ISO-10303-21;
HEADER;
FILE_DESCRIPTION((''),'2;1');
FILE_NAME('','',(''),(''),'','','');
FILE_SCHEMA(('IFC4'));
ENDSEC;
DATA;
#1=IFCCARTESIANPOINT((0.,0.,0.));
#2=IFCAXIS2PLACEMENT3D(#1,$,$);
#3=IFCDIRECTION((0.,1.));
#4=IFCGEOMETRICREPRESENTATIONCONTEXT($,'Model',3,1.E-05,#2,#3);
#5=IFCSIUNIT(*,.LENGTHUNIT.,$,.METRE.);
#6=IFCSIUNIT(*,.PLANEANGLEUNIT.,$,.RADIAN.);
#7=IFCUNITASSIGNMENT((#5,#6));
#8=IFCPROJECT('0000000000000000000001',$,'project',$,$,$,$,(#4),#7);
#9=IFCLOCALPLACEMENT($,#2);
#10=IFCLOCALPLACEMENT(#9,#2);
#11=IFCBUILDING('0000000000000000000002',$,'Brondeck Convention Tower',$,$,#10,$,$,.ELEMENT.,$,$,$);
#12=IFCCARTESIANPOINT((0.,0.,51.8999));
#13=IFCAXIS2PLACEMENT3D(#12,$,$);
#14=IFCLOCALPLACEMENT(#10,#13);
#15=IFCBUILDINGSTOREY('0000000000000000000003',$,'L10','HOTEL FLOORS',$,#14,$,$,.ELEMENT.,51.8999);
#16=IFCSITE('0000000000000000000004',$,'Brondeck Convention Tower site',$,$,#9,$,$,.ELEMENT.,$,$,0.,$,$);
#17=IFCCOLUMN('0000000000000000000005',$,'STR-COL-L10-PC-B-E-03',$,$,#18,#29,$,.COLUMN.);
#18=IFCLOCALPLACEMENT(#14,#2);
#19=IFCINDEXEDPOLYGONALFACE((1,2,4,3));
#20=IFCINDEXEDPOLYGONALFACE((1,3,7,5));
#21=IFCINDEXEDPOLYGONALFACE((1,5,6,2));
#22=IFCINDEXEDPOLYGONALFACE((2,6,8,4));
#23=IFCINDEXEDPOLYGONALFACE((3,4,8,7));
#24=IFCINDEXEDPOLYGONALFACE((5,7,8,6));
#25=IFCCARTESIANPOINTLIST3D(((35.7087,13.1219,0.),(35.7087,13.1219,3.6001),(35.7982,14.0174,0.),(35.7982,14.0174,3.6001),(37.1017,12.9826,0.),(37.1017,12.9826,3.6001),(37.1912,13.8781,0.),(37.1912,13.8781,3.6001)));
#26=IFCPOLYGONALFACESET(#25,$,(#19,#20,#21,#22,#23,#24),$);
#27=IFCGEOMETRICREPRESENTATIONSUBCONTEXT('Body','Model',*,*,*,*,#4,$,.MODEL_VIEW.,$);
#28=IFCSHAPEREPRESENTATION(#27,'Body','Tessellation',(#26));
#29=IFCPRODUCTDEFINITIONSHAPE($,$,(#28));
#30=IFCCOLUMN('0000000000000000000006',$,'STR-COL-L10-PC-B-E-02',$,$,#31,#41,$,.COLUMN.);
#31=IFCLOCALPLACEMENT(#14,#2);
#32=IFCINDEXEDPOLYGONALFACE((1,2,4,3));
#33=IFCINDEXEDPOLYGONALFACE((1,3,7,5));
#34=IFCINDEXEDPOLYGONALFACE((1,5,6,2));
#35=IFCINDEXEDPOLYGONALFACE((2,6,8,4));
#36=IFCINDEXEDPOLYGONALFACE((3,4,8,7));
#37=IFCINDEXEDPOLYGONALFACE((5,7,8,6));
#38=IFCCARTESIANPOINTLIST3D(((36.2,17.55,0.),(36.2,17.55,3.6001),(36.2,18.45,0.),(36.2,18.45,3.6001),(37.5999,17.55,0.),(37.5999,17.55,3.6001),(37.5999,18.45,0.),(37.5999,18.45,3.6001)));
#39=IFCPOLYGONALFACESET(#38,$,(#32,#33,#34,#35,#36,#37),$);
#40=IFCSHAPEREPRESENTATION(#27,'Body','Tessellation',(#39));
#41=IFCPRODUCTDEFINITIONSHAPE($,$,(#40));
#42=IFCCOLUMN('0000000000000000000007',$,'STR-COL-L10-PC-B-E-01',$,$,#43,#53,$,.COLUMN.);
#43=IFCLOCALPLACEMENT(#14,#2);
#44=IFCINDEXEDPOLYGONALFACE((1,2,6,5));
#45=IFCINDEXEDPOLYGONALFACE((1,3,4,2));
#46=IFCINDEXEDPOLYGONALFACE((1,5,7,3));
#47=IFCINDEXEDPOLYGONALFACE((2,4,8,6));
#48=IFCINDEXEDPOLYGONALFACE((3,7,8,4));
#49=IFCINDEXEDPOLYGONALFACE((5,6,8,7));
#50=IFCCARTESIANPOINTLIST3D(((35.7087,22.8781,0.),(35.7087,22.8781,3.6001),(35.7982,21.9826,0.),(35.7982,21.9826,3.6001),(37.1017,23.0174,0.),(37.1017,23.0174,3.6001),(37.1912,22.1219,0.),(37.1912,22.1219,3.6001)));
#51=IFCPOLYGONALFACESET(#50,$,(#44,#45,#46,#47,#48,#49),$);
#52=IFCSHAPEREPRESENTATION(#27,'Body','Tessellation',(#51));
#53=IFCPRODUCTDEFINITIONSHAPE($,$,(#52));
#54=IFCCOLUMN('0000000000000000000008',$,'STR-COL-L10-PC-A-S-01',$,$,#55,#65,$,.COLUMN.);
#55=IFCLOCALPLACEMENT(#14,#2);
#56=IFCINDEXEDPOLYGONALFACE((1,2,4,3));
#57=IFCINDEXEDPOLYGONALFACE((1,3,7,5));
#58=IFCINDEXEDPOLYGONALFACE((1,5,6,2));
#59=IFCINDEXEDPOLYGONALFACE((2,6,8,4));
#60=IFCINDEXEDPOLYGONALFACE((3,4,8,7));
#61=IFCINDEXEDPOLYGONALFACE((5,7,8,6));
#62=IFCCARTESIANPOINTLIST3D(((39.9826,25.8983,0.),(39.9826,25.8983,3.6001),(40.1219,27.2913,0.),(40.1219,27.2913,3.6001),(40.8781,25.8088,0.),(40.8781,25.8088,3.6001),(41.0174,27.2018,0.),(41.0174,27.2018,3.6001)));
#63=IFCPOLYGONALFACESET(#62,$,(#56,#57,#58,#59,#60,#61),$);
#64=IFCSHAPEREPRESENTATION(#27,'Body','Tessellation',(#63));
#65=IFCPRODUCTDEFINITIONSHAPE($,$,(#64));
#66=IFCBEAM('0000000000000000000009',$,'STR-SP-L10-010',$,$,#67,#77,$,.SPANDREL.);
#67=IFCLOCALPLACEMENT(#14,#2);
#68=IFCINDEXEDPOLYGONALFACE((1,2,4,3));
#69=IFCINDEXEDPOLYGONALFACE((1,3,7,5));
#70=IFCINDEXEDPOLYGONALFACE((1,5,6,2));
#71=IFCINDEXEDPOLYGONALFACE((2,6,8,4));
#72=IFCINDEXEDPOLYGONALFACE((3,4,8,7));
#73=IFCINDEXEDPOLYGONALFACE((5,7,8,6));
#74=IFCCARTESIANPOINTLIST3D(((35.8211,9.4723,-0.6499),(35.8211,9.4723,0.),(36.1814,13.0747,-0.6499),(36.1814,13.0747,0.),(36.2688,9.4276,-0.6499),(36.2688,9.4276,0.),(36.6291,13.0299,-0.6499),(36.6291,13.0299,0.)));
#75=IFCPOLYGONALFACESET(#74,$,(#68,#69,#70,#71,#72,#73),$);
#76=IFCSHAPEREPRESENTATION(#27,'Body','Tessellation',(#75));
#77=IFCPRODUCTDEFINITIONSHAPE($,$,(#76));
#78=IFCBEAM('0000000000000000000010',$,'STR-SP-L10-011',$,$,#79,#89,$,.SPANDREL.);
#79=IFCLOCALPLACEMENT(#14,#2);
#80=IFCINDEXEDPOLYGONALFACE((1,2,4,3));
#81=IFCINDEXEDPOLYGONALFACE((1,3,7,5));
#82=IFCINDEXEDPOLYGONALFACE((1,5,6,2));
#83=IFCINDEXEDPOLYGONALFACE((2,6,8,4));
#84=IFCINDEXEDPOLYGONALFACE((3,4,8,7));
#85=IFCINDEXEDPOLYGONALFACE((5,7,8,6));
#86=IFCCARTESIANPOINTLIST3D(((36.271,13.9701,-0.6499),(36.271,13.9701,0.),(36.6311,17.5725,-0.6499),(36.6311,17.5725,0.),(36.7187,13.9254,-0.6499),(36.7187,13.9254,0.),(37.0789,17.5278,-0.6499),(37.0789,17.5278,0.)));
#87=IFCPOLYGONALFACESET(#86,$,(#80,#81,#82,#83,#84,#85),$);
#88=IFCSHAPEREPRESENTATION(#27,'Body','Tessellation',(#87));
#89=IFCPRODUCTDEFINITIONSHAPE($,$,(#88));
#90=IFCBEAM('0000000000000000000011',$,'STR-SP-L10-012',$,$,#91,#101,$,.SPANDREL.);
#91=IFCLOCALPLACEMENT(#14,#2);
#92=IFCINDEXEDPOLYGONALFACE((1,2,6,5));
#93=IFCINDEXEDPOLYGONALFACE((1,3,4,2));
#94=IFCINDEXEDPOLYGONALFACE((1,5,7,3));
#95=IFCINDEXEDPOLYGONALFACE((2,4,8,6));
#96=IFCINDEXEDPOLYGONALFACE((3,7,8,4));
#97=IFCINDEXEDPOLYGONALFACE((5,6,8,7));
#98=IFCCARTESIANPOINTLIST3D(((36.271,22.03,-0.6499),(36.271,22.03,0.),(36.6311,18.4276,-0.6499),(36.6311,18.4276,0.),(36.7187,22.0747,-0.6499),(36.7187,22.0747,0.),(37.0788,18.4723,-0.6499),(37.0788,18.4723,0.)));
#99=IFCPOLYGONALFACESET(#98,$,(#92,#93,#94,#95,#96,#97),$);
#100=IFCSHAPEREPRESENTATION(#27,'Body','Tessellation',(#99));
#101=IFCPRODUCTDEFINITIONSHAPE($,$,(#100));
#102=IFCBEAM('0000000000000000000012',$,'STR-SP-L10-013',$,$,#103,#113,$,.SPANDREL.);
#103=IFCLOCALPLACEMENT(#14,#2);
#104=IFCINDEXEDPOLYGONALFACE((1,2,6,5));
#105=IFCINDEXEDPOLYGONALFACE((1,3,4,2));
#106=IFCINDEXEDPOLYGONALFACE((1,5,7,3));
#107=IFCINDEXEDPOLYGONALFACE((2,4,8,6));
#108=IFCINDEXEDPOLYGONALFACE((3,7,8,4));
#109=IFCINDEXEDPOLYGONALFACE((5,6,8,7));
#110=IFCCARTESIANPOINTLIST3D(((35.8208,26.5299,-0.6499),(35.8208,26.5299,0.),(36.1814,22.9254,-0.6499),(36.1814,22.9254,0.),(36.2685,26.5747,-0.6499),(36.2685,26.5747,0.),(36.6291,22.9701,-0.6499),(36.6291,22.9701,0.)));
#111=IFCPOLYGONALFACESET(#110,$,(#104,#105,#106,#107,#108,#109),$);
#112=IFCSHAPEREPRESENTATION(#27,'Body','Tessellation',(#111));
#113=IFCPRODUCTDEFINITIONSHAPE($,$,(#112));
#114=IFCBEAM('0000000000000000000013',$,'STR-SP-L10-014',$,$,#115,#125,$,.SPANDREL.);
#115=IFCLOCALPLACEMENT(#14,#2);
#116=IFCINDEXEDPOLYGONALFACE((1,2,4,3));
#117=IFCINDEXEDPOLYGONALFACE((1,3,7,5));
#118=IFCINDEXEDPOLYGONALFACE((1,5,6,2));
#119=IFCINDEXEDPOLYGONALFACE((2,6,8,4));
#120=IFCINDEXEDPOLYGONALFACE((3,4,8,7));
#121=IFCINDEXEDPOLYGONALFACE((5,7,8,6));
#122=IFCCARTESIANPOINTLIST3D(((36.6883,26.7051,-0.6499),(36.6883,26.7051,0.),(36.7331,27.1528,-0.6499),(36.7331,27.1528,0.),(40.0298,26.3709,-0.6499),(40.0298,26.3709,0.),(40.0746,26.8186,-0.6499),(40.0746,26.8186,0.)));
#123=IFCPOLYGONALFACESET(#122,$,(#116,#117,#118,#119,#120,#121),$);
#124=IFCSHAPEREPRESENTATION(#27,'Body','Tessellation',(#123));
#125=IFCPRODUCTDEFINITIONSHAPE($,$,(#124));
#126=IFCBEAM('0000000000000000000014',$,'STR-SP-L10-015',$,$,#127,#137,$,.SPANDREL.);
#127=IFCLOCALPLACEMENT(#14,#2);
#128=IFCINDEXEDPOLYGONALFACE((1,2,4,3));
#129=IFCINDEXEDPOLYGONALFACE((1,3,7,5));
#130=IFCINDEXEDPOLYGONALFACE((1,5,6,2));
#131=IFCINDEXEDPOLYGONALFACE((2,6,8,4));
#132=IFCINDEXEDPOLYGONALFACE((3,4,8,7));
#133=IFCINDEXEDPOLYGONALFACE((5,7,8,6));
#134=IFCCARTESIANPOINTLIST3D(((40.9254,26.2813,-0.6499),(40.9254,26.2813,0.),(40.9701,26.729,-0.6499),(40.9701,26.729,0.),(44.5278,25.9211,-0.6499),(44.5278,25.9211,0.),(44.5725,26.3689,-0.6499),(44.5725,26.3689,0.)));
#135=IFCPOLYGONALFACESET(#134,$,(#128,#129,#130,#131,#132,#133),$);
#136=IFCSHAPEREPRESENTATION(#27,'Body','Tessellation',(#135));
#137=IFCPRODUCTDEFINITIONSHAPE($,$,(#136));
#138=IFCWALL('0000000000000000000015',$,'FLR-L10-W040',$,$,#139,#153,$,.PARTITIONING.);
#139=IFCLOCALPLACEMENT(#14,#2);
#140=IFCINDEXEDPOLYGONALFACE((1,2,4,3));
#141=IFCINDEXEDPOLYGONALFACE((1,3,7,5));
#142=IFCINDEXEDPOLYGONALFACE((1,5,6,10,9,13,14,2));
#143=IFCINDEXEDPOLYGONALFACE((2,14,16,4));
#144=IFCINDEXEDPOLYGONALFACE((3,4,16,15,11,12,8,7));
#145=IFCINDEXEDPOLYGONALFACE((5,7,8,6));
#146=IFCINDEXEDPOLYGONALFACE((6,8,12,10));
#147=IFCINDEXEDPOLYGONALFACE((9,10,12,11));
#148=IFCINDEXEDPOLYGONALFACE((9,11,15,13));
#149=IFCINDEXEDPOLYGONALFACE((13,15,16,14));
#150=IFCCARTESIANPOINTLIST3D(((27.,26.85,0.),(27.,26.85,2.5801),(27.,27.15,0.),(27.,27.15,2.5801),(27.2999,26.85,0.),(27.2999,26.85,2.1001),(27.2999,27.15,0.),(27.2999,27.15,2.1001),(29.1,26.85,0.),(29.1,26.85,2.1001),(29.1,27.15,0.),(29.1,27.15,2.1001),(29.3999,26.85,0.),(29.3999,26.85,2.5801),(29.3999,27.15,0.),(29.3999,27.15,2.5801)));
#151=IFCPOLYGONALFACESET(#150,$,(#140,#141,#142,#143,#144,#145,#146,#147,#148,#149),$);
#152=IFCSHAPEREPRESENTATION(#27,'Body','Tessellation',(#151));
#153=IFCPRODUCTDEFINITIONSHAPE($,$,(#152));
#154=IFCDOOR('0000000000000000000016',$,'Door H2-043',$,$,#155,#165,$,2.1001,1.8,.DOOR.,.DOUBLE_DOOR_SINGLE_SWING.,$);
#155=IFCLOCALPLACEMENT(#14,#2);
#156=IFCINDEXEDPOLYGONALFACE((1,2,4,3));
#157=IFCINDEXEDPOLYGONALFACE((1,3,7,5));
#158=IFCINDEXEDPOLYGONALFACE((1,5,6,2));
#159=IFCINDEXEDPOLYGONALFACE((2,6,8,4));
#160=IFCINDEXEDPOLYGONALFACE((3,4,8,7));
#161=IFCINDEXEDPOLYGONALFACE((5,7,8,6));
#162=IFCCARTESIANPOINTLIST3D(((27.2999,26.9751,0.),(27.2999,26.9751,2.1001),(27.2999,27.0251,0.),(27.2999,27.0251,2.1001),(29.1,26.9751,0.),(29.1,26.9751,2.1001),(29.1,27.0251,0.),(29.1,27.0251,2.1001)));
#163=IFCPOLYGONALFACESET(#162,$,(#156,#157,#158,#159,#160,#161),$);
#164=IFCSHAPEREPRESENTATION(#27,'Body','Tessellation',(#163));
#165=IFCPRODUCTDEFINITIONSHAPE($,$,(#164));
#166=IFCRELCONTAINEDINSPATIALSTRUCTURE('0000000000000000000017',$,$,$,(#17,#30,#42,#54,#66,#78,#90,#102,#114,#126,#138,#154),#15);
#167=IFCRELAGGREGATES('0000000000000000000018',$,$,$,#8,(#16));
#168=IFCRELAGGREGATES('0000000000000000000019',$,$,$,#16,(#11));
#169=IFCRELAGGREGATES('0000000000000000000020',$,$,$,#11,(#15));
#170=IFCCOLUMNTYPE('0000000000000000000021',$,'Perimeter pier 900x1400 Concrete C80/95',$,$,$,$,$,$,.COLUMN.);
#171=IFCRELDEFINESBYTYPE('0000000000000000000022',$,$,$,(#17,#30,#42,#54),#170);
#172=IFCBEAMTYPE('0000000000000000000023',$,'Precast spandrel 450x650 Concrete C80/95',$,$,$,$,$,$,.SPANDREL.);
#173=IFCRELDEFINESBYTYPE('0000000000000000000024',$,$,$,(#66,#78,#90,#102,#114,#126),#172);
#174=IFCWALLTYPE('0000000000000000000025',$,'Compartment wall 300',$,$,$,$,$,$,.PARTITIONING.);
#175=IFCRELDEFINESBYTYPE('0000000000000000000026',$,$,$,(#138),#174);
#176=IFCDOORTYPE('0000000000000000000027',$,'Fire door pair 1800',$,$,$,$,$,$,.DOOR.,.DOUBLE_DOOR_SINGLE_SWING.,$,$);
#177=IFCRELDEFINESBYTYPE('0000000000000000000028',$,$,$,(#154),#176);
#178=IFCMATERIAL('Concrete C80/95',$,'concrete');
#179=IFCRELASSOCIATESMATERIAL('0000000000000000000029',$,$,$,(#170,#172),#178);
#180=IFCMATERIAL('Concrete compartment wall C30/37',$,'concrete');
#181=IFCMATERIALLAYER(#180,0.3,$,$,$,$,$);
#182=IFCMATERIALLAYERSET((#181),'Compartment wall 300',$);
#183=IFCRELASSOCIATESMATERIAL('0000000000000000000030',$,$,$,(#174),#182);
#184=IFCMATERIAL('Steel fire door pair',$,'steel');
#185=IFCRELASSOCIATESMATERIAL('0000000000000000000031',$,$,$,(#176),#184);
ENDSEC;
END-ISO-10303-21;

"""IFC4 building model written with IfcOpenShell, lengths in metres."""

from ifc_helpers import new_model, si_unit, direction, frame, frame_2d, origin, origin_2d, place, context, subcontext, project, spatial, rectangle, extrude, material, layer, layer_set, material_profile, profile_set, type_object, element, fill, save


model = new_model("IFC4")

# Units and contexts
model_context = context("Model", 3, precision=1e-05, world=origin(), true_north=direction((0.0, 1.0)))
body_context = subcontext(model_context, "Body", "Model", "MODEL_VIEW")
ifc_project = project(units=[si_unit("LENGTHUNIT", "METRE"), si_unit("PLANEANGLEUNIT", "RADIAN")], contexts=[model_context])

# Site, building, storey
site_placement = place(None, origin())
site = spatial("IfcSite", under=ifc_project, at=site_placement, Name="Brondeck Convention Tower site", CompositionType="ELEMENT", RefElevation=0.0)
building_placement = place(site_placement, origin())
building = spatial("IfcBuilding", under=site, at=building_placement, Name="Brondeck Convention Tower", CompositionType="ELEMENT")
storey_placement = place(building_placement, frame((0.0, 0.0, 51.8999)))
storey = spatial("IfcBuildingStorey", under=building, at=storey_placement, Name="L10", Description="HOTEL FLOORS", CompositionType="ELEMENT", Elevation=51.8999)

# Columns
ifc_material_1 = material(Name="Concrete C80/95", Category="concrete")
ifc_material_profile_1 = material_profile(ifc_material_1, rectangle(XDim=0.8999, YDim=1.3999, at=origin_2d()), Name="Perimeter pier 900x1400 Concrete C80/95")
ifc_profile_set_1 = profile_set([ifc_material_profile_1], Name="Concrete C80/95")
column_type = type_object("IfcColumnType", Name="Perimeter pier 900x1400 Concrete C80/95", PredefinedType="COLUMN", material=ifc_profile_set_1)
for number, where, z_axis, x_axis, name in (
    (1, (36.45, 13.5, 0.0), (0.0, 0.0, 1.0), (0.099504, 0.995037, 0.0), "STR-COL-L10-PC-B-E-03"),
    (2, (36.8999, 18.0, 0.0), (0.0, 0.0, 1.0), (0.0, 1.0, 0.0), "STR-COL-L10-PC-B-E-02"),
    (3, (36.45, 22.5, 0.0), (0.0, 0.0, 1.0), (-0.099504, 0.995037, 0.0), "STR-COL-L10-PC-B-E-01"),
    (4, (40.5, 26.55, 0.0), (0.0, 0.0, 1.0), (0.995037, -0.099504, 0.0), "STR-COL-L10-PC-A-S-01"),
):
    element("IfcColumn", number, at=place(storey_placement, frame(where, z_axis=z_axis, x_axis=x_axis)), inside=storey, type_object=column_type, Name=name, PredefinedType="COLUMN", context=body_context, shape_type="SweptSolid", body=[
        extrude(rectangle(XDim=0.8999, YDim=1.3999, at=origin_2d()), origin(), (0.0, 0.0, 1.0), 3.6001),
    ])

# Beams
ifc_material_profile_2 = material_profile(ifc_material_1, rectangle(XDim=0.45, YDim=0.6499, at=origin_2d()), Name="Precast spandrel 450x650 Concrete C80/95")
ifc_profile_set_2 = profile_set([ifc_material_profile_2], Name="Concrete C80/95")
beam_type = type_object("IfcBeamType", Name="Precast spandrel 450x650 Concrete C80/95", PredefinedType="SPANDREL", material=ifc_profile_set_2)
for number, where, z_axis, x_axis, name in (
    (5, (36.0449, 9.45, -0.325), (0.099537, 0.995034, 0.0), (-0.995034, 0.099537, 0.0), "STR-SP-L10-010"),
    (6, (36.4949, 13.9478, -0.325), (0.09947, 0.995041, 0.0), (-0.995041, 0.09947, 0.0), "STR-SP-L10-011"),
    (7, (36.855, 18.45, -0.325), (-0.09947, 0.995041, 0.0), (-0.995041, -0.09947, 0.0), "STR-SP-L10-012"),
):
    element("IfcBeam", number, at=place(storey_placement, frame(where, z_axis=z_axis, x_axis=x_axis)), inside=storey, type_object=beam_type, Name=name, PredefinedType="SPANDREL", context=body_context, shape_type="SweptSolid", body=[
        extrude(rectangle(XDim=0.45, YDim=0.6499, at=origin_2d()), origin(), (0.0, 0.0, 1.0), 3.6204),
    ])
beam_1_placement = place(storey_placement, frame((36.4053, 22.9478, -0.325), z_axis=(-0.099544, 0.995033, 0.0), x_axis=(-0.995033, -0.099544, 0.0)))
element("IfcBeam", 8, at=beam_1_placement, inside=storey, type_object=beam_type, Name="STR-SP-L10-013", PredefinedType="SPANDREL", context=body_context, shape_type="SweptSolid", body=[
    extrude(rectangle(XDim=0.45, YDim=0.6499, at=origin_2d()), origin(), (0.0, 0.0, 1.0), 3.6226),
])
beam_2_placement = place(storey_placement, frame((36.7107, 26.929, -0.325), z_axis=(0.995035, -0.099525, 0.0), x_axis=(0.099525, 0.995035, 0.0)))
element("IfcBeam", 9, at=beam_2_placement, inside=storey, type_object=beam_type, Name="STR-SP-L10-014", PredefinedType="SPANDREL", context=body_context, shape_type="SweptSolid", body=[
    extrude(rectangle(XDim=0.45, YDim=0.6499, at=origin_2d()), origin(), (0.0, 0.0, 1.0), 3.3582),
])
beam_3_placement = place(storey_placement, frame((40.9478, 26.5051, -0.325), z_axis=(0.995041, -0.09947, 0.0), x_axis=(0.09947, 0.995041, 0.0)))
element("IfcBeam", 10, at=beam_3_placement, inside=storey, type_object=beam_type, Name="STR-SP-L10-015", PredefinedType="SPANDREL", context=body_context, shape_type="SweptSolid", body=[
    extrude(rectangle(XDim=0.45, YDim=0.6499, at=origin_2d()), origin(), (0.0, 0.0, 1.0), 3.6204),
])

# Wall, opening, door
ifc_material_2 = material(Name="Concrete compartment wall C30/37", Category="concrete")
ifc_layer_1 = layer(ifc_material_2, 0.3)
ifc_layer_set_1 = layer_set([ifc_layer_1], Name="Compartment wall 300")
wall_type_1 = type_object("IfcWallType", Name="Compartment wall 300", PredefinedType="PARTITIONING", material=ifc_layer_set_1)
wall_1_placement = place(storey_placement, frame((29.3999, 27.0, 0.0), z_axis=(0.0, 0.0, 1.0), x_axis=(-1.0, 0.0, 0.0)))
wall_1 = element("IfcWall", 11, at=wall_1_placement, inside=storey, type_object=wall_type_1, Name="FLR-L10-W040", PredefinedType="PARTITIONING", context=body_context, shape_type="SweptSolid", body=[
    extrude(rectangle(XDim=2.3999, YDim=0.3, at=frame_2d((1.2, 0.0))), origin(), (0.0, 0.0, 1.0), 2.5801),
])
opening_1_placement = place(wall_1_placement, frame((0.3, 0.0, 0.0)))
opening_1 = element("IfcOpeningElement", 12, at=opening_1_placement, cuts=wall_1, PredefinedType="OPENING", context=body_context, shape_type="SweptSolid", body=[
    extrude(rectangle(XDim=1.8, YDim=2.1001, at=frame_2d((0.8999, 1.05))), frame((0.0, 0.1599, 0.0), z_axis=(0.0, -1.0, 0.0), x_axis=(1.0, 0.0, 0.0)), (0.0, 0.0, 1.0), 0.3201),
])
ifc_material_3 = material(Name="Steel fire door pair", Category="steel")
door_type_1 = type_object("IfcDoorType", Name="Fire door pair 1800", OperationType="DOUBLE_DOOR_SINGLE_SWING", PredefinedType="DOOR", material=ifc_material_3)
door_1_placement = place(opening_1_placement, origin())
door_1 = element("IfcDoor", 13, at=door_1_placement, inside=storey, type_object=door_type_1, Name="Door H2-043", OperationType="DOUBLE_DOOR_SINGLE_SWING", OverallHeight=2.1001, OverallWidth=1.8, PredefinedType="DOOR", context=body_context, shape_type="SweptSolid", body=[
    extrude(rectangle(XDim=1.8, YDim=2.1001, at=frame_2d((0.8999, 1.05))), frame((0.0, 0.0249, 0.0), z_axis=(0.0, -1.0, 0.0), x_axis=(1.0, 0.0, 0.0)), (0.0, 0.0, 1.0), 0.05),
])
fill(opening_1, door_1)

save(model, "model.ifc")
